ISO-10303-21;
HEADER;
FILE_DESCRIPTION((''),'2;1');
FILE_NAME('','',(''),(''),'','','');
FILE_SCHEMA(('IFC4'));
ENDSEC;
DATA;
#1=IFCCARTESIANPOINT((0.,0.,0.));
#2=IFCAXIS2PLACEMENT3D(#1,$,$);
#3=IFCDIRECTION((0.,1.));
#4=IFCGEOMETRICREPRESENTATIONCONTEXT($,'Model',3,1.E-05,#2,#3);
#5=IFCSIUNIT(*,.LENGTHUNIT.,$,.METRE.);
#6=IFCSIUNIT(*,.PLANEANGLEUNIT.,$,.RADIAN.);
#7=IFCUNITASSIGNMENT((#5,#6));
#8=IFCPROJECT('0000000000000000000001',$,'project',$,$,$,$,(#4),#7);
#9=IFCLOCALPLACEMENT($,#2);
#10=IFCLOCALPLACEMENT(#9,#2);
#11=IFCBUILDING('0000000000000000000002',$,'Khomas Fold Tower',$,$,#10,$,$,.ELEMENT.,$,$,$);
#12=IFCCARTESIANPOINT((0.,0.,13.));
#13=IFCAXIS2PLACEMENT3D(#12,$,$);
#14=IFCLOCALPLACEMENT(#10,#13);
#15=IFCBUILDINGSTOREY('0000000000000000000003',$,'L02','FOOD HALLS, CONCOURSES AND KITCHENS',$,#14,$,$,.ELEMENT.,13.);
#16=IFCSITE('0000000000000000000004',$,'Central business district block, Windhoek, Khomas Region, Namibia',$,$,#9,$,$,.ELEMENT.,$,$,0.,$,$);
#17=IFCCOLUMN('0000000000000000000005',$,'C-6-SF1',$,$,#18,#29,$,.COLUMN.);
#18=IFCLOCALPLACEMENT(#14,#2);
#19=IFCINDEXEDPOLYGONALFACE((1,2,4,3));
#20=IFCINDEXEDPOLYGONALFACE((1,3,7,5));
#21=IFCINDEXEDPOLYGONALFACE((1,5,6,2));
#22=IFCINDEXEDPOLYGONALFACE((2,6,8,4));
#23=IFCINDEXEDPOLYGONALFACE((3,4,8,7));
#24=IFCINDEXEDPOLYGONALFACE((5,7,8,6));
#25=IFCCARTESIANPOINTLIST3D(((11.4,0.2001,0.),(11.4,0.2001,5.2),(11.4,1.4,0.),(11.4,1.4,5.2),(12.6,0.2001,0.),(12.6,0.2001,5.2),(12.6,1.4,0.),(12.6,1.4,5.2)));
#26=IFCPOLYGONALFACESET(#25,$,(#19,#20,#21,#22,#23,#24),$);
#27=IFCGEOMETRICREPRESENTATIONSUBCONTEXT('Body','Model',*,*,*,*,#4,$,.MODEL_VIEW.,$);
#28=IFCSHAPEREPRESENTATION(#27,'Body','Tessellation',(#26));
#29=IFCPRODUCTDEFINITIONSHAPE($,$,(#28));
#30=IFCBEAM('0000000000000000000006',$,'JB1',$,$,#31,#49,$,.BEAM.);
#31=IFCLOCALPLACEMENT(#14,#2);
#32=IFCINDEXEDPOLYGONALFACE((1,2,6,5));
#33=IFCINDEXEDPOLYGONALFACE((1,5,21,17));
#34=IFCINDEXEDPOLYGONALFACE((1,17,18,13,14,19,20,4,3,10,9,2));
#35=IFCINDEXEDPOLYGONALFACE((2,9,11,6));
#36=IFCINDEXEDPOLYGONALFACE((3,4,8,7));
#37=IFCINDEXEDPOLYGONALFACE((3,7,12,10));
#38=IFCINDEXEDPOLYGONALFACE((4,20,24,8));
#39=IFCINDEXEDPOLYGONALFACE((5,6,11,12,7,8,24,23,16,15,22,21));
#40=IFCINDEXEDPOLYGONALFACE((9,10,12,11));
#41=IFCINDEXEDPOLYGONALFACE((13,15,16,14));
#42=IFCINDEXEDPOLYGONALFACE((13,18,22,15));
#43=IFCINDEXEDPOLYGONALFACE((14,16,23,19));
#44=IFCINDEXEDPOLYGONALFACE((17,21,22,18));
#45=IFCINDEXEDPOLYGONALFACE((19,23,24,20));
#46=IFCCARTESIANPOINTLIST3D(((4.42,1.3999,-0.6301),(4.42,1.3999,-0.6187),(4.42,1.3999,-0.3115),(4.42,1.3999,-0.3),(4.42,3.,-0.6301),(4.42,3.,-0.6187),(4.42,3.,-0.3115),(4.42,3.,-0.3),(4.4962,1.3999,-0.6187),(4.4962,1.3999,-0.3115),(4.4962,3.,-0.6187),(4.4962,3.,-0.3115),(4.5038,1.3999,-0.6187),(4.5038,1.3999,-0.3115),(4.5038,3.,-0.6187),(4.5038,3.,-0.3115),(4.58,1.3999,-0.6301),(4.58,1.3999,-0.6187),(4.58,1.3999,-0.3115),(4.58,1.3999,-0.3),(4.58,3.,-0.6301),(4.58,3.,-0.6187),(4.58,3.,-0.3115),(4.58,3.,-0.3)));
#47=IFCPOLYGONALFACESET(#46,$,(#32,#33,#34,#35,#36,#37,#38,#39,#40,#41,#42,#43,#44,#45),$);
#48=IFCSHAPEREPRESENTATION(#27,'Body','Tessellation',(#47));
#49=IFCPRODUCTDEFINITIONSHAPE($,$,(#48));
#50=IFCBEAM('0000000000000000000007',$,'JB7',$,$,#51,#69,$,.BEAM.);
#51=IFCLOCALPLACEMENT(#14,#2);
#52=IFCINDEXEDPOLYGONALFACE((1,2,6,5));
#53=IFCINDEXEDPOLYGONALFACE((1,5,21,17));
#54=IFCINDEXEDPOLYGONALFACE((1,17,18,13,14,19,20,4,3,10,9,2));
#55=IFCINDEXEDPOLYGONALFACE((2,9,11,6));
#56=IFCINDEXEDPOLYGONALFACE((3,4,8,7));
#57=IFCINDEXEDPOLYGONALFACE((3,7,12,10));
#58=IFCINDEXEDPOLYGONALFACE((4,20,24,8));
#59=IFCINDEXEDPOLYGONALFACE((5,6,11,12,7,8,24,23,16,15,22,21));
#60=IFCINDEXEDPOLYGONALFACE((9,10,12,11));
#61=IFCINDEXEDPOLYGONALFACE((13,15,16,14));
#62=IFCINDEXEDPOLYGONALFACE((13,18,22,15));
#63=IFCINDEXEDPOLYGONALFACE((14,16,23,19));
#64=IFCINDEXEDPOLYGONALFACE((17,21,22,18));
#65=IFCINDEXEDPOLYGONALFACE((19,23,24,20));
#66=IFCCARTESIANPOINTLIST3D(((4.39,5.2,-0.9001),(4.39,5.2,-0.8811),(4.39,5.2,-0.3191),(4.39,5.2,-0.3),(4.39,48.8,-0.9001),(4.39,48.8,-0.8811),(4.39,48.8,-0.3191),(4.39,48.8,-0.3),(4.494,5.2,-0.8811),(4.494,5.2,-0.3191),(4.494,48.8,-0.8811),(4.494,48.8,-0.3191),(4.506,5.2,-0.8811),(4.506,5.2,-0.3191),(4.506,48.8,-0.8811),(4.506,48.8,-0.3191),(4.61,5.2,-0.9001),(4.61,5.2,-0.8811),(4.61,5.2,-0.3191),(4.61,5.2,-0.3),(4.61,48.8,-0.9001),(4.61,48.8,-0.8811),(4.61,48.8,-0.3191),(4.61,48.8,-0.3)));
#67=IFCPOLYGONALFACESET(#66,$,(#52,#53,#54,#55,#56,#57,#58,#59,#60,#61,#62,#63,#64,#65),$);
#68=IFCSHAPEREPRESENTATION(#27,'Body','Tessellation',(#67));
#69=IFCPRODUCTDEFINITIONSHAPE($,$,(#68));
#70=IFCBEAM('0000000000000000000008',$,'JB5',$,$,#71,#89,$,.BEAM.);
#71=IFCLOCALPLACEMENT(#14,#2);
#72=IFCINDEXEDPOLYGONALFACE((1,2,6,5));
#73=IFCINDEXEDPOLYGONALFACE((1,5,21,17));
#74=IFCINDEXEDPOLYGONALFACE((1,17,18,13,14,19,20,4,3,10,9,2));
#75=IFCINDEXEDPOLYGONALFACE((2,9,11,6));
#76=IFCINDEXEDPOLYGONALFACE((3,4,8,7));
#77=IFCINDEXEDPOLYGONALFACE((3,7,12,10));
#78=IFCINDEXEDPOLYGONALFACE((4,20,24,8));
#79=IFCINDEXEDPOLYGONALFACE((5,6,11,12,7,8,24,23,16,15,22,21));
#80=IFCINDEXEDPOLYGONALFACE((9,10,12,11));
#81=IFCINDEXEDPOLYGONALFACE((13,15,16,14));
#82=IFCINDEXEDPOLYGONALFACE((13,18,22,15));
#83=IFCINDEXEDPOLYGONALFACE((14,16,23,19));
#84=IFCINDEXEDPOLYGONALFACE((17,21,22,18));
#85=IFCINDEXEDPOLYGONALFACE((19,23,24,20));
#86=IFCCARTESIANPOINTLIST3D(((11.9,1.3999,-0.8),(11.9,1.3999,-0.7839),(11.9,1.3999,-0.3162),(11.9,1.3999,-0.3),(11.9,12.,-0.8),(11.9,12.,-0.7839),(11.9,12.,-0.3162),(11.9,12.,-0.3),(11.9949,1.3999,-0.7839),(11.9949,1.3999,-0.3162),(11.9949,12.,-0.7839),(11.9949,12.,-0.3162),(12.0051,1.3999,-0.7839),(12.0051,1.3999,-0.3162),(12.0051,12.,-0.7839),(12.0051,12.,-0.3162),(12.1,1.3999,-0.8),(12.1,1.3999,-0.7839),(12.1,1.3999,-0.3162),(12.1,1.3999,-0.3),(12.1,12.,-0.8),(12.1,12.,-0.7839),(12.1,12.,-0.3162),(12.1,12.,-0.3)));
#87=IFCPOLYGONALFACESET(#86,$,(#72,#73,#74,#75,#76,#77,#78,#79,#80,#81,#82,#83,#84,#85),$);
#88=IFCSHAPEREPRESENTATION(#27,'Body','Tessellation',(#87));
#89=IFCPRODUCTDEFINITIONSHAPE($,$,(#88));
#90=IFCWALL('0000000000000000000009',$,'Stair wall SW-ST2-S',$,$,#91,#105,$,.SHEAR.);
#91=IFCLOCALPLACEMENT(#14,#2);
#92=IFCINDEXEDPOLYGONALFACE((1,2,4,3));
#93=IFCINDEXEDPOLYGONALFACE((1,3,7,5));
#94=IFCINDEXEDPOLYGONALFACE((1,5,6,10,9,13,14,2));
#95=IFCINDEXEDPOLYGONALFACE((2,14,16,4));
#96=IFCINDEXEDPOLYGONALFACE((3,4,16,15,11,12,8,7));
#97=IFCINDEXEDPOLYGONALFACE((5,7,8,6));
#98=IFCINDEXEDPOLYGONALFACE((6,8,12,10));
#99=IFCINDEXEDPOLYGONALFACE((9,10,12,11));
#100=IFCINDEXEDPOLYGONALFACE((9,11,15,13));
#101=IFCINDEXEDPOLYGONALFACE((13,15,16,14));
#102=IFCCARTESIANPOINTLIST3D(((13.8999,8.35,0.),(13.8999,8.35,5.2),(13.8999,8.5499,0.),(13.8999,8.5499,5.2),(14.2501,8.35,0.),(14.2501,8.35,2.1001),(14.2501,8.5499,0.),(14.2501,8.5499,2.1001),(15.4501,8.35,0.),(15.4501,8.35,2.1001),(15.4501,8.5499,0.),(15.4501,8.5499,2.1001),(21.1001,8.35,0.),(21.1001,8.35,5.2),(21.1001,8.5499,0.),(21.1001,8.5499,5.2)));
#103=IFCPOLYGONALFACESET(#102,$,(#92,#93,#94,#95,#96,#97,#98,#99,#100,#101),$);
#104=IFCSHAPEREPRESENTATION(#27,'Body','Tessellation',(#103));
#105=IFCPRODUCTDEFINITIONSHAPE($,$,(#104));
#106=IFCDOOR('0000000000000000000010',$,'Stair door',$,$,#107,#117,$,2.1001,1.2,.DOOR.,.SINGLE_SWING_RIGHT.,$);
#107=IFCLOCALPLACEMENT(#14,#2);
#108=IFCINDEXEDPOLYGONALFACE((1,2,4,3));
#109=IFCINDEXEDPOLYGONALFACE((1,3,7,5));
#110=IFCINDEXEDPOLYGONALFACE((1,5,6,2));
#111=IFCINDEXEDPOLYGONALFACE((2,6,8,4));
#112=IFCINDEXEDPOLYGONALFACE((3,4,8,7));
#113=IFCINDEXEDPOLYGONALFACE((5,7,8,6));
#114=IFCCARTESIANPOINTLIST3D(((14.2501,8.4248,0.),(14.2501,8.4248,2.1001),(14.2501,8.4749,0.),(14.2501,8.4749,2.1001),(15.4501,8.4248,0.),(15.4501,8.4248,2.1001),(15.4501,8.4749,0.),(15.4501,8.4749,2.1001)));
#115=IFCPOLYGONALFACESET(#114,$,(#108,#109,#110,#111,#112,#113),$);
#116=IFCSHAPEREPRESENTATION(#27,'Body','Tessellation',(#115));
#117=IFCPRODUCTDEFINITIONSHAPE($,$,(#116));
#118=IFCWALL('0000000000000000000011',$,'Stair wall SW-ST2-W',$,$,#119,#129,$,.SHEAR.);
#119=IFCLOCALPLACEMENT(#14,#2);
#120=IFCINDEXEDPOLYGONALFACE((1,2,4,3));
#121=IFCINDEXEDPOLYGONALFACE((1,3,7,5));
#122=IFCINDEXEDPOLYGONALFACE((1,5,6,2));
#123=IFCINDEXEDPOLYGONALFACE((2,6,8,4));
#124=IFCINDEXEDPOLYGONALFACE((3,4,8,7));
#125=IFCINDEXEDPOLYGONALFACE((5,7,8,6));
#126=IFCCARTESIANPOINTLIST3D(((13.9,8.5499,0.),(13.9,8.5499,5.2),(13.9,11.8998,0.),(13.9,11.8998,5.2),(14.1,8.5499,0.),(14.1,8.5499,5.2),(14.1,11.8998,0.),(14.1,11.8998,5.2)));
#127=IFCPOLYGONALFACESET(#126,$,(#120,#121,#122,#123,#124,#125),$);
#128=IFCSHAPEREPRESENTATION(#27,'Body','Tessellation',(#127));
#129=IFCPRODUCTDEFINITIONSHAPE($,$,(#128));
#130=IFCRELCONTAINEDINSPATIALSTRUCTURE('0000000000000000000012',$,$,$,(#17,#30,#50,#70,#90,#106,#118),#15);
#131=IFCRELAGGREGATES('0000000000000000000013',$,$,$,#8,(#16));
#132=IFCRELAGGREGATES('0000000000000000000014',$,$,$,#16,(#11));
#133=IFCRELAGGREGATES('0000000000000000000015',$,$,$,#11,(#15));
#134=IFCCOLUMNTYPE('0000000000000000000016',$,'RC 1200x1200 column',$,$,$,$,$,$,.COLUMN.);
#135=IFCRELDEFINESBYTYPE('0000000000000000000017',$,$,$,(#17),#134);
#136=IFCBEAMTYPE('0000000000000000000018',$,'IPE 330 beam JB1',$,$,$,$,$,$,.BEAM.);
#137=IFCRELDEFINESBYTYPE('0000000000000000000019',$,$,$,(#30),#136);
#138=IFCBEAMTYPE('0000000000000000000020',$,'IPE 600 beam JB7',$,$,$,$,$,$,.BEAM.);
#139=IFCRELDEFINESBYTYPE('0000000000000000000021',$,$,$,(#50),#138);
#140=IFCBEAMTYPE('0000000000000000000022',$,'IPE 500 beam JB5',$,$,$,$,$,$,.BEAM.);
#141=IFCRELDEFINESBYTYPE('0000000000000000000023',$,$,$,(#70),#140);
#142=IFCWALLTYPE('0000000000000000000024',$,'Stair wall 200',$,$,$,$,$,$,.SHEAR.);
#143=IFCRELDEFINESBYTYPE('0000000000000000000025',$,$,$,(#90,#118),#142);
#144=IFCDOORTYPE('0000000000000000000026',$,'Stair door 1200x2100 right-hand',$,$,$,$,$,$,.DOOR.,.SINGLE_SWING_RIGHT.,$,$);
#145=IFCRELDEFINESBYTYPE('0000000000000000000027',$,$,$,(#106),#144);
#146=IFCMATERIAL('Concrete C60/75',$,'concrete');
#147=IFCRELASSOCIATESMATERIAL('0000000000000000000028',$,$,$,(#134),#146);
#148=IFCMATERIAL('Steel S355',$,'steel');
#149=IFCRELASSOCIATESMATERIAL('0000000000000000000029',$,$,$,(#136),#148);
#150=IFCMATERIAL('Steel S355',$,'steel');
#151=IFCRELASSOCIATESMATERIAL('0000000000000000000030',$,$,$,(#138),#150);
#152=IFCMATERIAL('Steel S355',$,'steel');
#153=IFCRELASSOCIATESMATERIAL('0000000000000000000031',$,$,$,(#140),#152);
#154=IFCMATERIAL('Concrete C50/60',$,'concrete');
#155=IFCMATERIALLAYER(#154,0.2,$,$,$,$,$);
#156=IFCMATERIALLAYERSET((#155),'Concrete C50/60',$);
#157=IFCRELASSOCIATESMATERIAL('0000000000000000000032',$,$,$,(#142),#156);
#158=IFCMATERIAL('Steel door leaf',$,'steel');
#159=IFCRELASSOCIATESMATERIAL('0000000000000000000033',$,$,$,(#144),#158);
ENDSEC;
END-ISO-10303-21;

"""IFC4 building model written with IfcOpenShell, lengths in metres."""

from ifc_helpers import new_model, si_unit, direction, frame, frame_2d, origin, origin_2d, place, context, subcontext, project, spatial, rectangle, i_section, extrude, source, transform, mapped, material, layer, layer_set, material_profile, profile_set, type_object, element, fill, save


model = new_model("IFC4")

# Units and contexts
model_context = context("Model", 3, precision=1e-05, world=origin(), true_north=direction((0.0, 1.0)))
body_context = subcontext(model_context, "Body", "Model", "MODEL_VIEW")
ifc_project = project(units=[si_unit("LENGTHUNIT", "METRE"), si_unit("PLANEANGLEUNIT", "RADIAN")], contexts=[model_context])

# Site, building, storey
site_placement = place(None, origin())
site = spatial("IfcSite", under=ifc_project, at=site_placement, Name="Central business district block, Windhoek, Khomas Region, Namibia", CompositionType="ELEMENT", RefElevation=0.0)
building_placement = place(site_placement, origin())
building = spatial("IfcBuilding", under=site, at=building_placement, Name="Khomas Fold Tower", CompositionType="ELEMENT")
storey_placement = place(building_placement, frame((0.0, 0.0, 13.0)))
storey = spatial("IfcBuildingStorey", under=building, at=storey_placement, Name="L02", Description="FOOD HALLS, CONCOURSES AND KITCHENS", CompositionType="ELEMENT", Elevation=13.0)

# Column
ifc_material_1 = material(Name="Concrete C60/75", Category="concrete")
ifc_material_profile_1 = material_profile(ifc_material_1, rectangle(XDim=1.2, YDim=1.2, at=origin_2d()), Name="RC 1200x1200")
ifc_profile_set_1 = profile_set([ifc_material_profile_1], Name="Concrete C60/75")
column_type = type_object("IfcColumnType", Name="RC 1200x1200 column", PredefinedType="COLUMN", material=ifc_profile_set_1)
shared_shape_1 = source(origin(), body_context, "Body", "SweptSolid", [
    extrude(rectangle(XDim=1.2, YDim=1.2, at=origin_2d()), origin(), (0.0, 0.0, 1.0), 5.2),
])
column_placement = place(storey_placement, frame((12.0, 0.8, 0.0), z_axis=(0.0, 0.0, 1.0), x_axis=(1.0, 0.0, 0.0)))
element("IfcColumn", 1, at=column_placement, inside=storey, type_object=column_type, Name="C-6-SF1", PredefinedType="COLUMN", context=body_context, shape_type="MappedRepresentation", body=[
    mapped(shared_shape_1, transform((0.0, 0.0, 0.0))),
])

# Beams
ifc_material_2 = material(Name="Steel S355", Category="steel")
ifc_material_profile_2 = material_profile(ifc_material_2, i_section(OverallWidth=0.1599, OverallDepth=0.3301, WebThickness=0.0076, FlangeThickness=0.0115, at=origin_2d()), Name="IPE 330")
ifc_profile_set_2 = profile_set([ifc_material_profile_2], Name="Steel S355")
beam_type_1 = type_object("IfcBeamType", Name="IPE 330 beam JB1", PredefinedType="BEAM", material=ifc_profile_set_2)
shared_shape_2 = source(origin(), body_context, "Body", "SweptSolid", [
    extrude(i_section(OverallWidth=0.1599, OverallDepth=0.3301, WebThickness=0.0076, FlangeThickness=0.0115, at=origin_2d()), origin(), (0.0, 0.0, 1.0), 1.6001),
])
beam_1_placement = place(storey_placement, frame((4.5, 1.3999, -0.4651), z_axis=(0.0, 1.0, 0.0), x_axis=(-1.0, 0.0, 0.0)))
element("IfcBeam", 2, at=beam_1_placement, inside=storey, type_object=beam_type_1, Name="JB1", PredefinedType="BEAM", context=body_context, shape_type="MappedRepresentation", body=[
    mapped(shared_shape_2, transform((0.0, 0.0, 0.0))),
])
ifc_material_3 = material(Name="Steel S355", Category="steel")
ifc_material_profile_3 = material_profile(ifc_material_3, i_section(OverallWidth=0.22, OverallDepth=0.6001, WebThickness=0.012, FlangeThickness=0.019, at=origin_2d()), Name="IPE 600")
ifc_profile_set_3 = profile_set([ifc_material_profile_3], Name="Steel S355")
beam_type_2 = type_object("IfcBeamType", Name="IPE 600 beam JB7", PredefinedType="BEAM", material=ifc_profile_set_3)
shared_shape_3 = source(origin(), body_context, "Body", "SweptSolid", [
    extrude(i_section(OverallWidth=0.22, OverallDepth=0.6001, WebThickness=0.012, FlangeThickness=0.019, at=origin_2d()), origin(), (0.0, 0.0, 1.0), 43.6001),
])
beam_2_placement = place(storey_placement, frame((4.5, 5.2, -0.6001), z_axis=(0.0, 1.0, 0.0), x_axis=(-1.0, 0.0, 0.0)))
element("IfcBeam", 3, at=beam_2_placement, inside=storey, type_object=beam_type_2, Name="JB7", PredefinedType="BEAM", context=body_context, shape_type="MappedRepresentation", body=[
    mapped(shared_shape_3, transform((0.0, 0.0, 0.0))),
])
ifc_material_4 = material(Name="Steel S355", Category="steel")
ifc_material_profile_4 = material_profile(ifc_material_4, i_section(OverallWidth=0.2, OverallDepth=0.5, WebThickness=0.0103, FlangeThickness=0.0161, at=origin_2d()), Name="IPE 500")
ifc_profile_set_4 = profile_set([ifc_material_profile_4], Name="Steel S355")
beam_type_3 = type_object("IfcBeamType", Name="IPE 500 beam JB5", PredefinedType="BEAM", material=ifc_profile_set_4)
shared_shape_4 = source(origin(), body_context, "Body", "SweptSolid", [
    extrude(i_section(OverallWidth=0.2, OverallDepth=0.5, WebThickness=0.0103, FlangeThickness=0.0161, at=origin_2d()), origin(), (0.0, 0.0, 1.0), 10.6001),
])
beam_3_placement = place(storey_placement, frame((12.0, 1.3999, -0.55), z_axis=(0.0, 1.0, 0.0), x_axis=(-1.0, 0.0, 0.0)))
element("IfcBeam", 4, at=beam_3_placement, inside=storey, type_object=beam_type_3, Name="JB5", PredefinedType="BEAM", context=body_context, shape_type="MappedRepresentation", body=[
    mapped(shared_shape_4, transform((0.0, 0.0, 0.0))),
])

# Wall, opening, door
ifc_material_5 = material(Name="Concrete C50/60", Category="concrete")
ifc_layer_1 = layer(ifc_material_5, 0.2)
ifc_layer_set_1 = layer_set([ifc_layer_1], Name="Concrete C50/60")
wall_type = type_object("IfcWallType", Name="Stair wall 200", PredefinedType="SHEAR", material=ifc_layer_set_1)
shared_shape_5 = source(origin(), body_context, "Body", "SweptSolid", [
    extrude(rectangle(XDim=7.2002, YDim=0.2, at=frame_2d((3.6001, 0.0))), origin(), (0.0, 0.0, 1.0), 5.2),
])
wall_1_placement = place(storey_placement, frame((13.8999, 8.45, 0.0), z_axis=(0.0, 0.0, 1.0), x_axis=(1.0, 0.0, 0.0)))
wall_1 = element("IfcWall", 5, at=wall_1_placement, inside=storey, type_object=wall_type, Name="Stair wall SW-ST2-S", PredefinedType="SHEAR", context=body_context, shape_type="MappedRepresentation", body=[
    mapped(shared_shape_5, transform((0.0, 0.0, 0.0))),
])
shared_shape_6 = source(origin(), body_context, "Body", "SweptSolid", [
    extrude(rectangle(XDim=1.2, YDim=2.1001, at=frame_2d((0.6001, 1.05))), frame((0.0, 0.1099, 0.0), z_axis=(0.0, -1.0, 0.0), x_axis=(1.0, 0.0, 0.0)), (0.0, 0.0, 1.0), 0.22),
])
opening_placement = place(wall_1_placement, frame((0.3501, 0.0, 0.0)))
opening = element("IfcOpeningElement", 6, at=opening_placement, cuts=wall_1, PredefinedType="OPENING", context=body_context, shape_type="MappedRepresentation", body=[
    mapped(shared_shape_6, transform((0.0, 0.0, 0.0))),
])
ifc_material_6 = material(Name="Steel door leaf", Category="steel")
door_type = type_object("IfcDoorType", Name="Stair door 1200x2100 right-hand", OperationType="SINGLE_SWING_RIGHT", PredefinedType="DOOR", material=ifc_material_6)
shared_shape_7 = source(origin(), body_context, "Body", "SweptSolid", [
    extrude(rectangle(XDim=1.2, YDim=2.1001, at=frame_2d((0.6001, 1.05))), frame((0.0, 0.0249, 0.0), z_axis=(0.0, -1.0, 0.0), x_axis=(1.0, 0.0, 0.0)), (0.0, 0.0, 1.0), 0.05),
])
door_placement = place(opening_placement, origin())
door = element("IfcDoor", 7, at=door_placement, inside=storey, type_object=door_type, Name="Stair door", OperationType="SINGLE_SWING_RIGHT", OverallHeight=2.1001, OverallWidth=1.2, PredefinedType="DOOR", context=body_context, shape_type="MappedRepresentation", body=[
    mapped(shared_shape_7, transform((0.0, 0.0, 0.0))),
])
fill(opening, door)

# Wall
shared_shape_8 = source(origin(), body_context, "Body", "SweptSolid", [
    extrude(rectangle(XDim=3.3499, YDim=0.2, at=frame_2d((1.6748, 0.0))), origin(), (0.0, 0.0, 1.0), 5.2),
])
wall_2_placement = place(storey_placement, frame((14.0, 8.55, 0.0), z_axis=(0.0, 0.0, 1.0), x_axis=(0.0, 1.0, 0.0)))
element("IfcWall", 8, at=wall_2_placement, inside=storey, type_object=wall_type, Name="Stair wall SW-ST2-W", PredefinedType="SHEAR", context=body_context, shape_type="MappedRepresentation", body=[
    mapped(shared_shape_8, transform((0.0, 0.0, 0.0))),
])

save(model, "model.ifc")
